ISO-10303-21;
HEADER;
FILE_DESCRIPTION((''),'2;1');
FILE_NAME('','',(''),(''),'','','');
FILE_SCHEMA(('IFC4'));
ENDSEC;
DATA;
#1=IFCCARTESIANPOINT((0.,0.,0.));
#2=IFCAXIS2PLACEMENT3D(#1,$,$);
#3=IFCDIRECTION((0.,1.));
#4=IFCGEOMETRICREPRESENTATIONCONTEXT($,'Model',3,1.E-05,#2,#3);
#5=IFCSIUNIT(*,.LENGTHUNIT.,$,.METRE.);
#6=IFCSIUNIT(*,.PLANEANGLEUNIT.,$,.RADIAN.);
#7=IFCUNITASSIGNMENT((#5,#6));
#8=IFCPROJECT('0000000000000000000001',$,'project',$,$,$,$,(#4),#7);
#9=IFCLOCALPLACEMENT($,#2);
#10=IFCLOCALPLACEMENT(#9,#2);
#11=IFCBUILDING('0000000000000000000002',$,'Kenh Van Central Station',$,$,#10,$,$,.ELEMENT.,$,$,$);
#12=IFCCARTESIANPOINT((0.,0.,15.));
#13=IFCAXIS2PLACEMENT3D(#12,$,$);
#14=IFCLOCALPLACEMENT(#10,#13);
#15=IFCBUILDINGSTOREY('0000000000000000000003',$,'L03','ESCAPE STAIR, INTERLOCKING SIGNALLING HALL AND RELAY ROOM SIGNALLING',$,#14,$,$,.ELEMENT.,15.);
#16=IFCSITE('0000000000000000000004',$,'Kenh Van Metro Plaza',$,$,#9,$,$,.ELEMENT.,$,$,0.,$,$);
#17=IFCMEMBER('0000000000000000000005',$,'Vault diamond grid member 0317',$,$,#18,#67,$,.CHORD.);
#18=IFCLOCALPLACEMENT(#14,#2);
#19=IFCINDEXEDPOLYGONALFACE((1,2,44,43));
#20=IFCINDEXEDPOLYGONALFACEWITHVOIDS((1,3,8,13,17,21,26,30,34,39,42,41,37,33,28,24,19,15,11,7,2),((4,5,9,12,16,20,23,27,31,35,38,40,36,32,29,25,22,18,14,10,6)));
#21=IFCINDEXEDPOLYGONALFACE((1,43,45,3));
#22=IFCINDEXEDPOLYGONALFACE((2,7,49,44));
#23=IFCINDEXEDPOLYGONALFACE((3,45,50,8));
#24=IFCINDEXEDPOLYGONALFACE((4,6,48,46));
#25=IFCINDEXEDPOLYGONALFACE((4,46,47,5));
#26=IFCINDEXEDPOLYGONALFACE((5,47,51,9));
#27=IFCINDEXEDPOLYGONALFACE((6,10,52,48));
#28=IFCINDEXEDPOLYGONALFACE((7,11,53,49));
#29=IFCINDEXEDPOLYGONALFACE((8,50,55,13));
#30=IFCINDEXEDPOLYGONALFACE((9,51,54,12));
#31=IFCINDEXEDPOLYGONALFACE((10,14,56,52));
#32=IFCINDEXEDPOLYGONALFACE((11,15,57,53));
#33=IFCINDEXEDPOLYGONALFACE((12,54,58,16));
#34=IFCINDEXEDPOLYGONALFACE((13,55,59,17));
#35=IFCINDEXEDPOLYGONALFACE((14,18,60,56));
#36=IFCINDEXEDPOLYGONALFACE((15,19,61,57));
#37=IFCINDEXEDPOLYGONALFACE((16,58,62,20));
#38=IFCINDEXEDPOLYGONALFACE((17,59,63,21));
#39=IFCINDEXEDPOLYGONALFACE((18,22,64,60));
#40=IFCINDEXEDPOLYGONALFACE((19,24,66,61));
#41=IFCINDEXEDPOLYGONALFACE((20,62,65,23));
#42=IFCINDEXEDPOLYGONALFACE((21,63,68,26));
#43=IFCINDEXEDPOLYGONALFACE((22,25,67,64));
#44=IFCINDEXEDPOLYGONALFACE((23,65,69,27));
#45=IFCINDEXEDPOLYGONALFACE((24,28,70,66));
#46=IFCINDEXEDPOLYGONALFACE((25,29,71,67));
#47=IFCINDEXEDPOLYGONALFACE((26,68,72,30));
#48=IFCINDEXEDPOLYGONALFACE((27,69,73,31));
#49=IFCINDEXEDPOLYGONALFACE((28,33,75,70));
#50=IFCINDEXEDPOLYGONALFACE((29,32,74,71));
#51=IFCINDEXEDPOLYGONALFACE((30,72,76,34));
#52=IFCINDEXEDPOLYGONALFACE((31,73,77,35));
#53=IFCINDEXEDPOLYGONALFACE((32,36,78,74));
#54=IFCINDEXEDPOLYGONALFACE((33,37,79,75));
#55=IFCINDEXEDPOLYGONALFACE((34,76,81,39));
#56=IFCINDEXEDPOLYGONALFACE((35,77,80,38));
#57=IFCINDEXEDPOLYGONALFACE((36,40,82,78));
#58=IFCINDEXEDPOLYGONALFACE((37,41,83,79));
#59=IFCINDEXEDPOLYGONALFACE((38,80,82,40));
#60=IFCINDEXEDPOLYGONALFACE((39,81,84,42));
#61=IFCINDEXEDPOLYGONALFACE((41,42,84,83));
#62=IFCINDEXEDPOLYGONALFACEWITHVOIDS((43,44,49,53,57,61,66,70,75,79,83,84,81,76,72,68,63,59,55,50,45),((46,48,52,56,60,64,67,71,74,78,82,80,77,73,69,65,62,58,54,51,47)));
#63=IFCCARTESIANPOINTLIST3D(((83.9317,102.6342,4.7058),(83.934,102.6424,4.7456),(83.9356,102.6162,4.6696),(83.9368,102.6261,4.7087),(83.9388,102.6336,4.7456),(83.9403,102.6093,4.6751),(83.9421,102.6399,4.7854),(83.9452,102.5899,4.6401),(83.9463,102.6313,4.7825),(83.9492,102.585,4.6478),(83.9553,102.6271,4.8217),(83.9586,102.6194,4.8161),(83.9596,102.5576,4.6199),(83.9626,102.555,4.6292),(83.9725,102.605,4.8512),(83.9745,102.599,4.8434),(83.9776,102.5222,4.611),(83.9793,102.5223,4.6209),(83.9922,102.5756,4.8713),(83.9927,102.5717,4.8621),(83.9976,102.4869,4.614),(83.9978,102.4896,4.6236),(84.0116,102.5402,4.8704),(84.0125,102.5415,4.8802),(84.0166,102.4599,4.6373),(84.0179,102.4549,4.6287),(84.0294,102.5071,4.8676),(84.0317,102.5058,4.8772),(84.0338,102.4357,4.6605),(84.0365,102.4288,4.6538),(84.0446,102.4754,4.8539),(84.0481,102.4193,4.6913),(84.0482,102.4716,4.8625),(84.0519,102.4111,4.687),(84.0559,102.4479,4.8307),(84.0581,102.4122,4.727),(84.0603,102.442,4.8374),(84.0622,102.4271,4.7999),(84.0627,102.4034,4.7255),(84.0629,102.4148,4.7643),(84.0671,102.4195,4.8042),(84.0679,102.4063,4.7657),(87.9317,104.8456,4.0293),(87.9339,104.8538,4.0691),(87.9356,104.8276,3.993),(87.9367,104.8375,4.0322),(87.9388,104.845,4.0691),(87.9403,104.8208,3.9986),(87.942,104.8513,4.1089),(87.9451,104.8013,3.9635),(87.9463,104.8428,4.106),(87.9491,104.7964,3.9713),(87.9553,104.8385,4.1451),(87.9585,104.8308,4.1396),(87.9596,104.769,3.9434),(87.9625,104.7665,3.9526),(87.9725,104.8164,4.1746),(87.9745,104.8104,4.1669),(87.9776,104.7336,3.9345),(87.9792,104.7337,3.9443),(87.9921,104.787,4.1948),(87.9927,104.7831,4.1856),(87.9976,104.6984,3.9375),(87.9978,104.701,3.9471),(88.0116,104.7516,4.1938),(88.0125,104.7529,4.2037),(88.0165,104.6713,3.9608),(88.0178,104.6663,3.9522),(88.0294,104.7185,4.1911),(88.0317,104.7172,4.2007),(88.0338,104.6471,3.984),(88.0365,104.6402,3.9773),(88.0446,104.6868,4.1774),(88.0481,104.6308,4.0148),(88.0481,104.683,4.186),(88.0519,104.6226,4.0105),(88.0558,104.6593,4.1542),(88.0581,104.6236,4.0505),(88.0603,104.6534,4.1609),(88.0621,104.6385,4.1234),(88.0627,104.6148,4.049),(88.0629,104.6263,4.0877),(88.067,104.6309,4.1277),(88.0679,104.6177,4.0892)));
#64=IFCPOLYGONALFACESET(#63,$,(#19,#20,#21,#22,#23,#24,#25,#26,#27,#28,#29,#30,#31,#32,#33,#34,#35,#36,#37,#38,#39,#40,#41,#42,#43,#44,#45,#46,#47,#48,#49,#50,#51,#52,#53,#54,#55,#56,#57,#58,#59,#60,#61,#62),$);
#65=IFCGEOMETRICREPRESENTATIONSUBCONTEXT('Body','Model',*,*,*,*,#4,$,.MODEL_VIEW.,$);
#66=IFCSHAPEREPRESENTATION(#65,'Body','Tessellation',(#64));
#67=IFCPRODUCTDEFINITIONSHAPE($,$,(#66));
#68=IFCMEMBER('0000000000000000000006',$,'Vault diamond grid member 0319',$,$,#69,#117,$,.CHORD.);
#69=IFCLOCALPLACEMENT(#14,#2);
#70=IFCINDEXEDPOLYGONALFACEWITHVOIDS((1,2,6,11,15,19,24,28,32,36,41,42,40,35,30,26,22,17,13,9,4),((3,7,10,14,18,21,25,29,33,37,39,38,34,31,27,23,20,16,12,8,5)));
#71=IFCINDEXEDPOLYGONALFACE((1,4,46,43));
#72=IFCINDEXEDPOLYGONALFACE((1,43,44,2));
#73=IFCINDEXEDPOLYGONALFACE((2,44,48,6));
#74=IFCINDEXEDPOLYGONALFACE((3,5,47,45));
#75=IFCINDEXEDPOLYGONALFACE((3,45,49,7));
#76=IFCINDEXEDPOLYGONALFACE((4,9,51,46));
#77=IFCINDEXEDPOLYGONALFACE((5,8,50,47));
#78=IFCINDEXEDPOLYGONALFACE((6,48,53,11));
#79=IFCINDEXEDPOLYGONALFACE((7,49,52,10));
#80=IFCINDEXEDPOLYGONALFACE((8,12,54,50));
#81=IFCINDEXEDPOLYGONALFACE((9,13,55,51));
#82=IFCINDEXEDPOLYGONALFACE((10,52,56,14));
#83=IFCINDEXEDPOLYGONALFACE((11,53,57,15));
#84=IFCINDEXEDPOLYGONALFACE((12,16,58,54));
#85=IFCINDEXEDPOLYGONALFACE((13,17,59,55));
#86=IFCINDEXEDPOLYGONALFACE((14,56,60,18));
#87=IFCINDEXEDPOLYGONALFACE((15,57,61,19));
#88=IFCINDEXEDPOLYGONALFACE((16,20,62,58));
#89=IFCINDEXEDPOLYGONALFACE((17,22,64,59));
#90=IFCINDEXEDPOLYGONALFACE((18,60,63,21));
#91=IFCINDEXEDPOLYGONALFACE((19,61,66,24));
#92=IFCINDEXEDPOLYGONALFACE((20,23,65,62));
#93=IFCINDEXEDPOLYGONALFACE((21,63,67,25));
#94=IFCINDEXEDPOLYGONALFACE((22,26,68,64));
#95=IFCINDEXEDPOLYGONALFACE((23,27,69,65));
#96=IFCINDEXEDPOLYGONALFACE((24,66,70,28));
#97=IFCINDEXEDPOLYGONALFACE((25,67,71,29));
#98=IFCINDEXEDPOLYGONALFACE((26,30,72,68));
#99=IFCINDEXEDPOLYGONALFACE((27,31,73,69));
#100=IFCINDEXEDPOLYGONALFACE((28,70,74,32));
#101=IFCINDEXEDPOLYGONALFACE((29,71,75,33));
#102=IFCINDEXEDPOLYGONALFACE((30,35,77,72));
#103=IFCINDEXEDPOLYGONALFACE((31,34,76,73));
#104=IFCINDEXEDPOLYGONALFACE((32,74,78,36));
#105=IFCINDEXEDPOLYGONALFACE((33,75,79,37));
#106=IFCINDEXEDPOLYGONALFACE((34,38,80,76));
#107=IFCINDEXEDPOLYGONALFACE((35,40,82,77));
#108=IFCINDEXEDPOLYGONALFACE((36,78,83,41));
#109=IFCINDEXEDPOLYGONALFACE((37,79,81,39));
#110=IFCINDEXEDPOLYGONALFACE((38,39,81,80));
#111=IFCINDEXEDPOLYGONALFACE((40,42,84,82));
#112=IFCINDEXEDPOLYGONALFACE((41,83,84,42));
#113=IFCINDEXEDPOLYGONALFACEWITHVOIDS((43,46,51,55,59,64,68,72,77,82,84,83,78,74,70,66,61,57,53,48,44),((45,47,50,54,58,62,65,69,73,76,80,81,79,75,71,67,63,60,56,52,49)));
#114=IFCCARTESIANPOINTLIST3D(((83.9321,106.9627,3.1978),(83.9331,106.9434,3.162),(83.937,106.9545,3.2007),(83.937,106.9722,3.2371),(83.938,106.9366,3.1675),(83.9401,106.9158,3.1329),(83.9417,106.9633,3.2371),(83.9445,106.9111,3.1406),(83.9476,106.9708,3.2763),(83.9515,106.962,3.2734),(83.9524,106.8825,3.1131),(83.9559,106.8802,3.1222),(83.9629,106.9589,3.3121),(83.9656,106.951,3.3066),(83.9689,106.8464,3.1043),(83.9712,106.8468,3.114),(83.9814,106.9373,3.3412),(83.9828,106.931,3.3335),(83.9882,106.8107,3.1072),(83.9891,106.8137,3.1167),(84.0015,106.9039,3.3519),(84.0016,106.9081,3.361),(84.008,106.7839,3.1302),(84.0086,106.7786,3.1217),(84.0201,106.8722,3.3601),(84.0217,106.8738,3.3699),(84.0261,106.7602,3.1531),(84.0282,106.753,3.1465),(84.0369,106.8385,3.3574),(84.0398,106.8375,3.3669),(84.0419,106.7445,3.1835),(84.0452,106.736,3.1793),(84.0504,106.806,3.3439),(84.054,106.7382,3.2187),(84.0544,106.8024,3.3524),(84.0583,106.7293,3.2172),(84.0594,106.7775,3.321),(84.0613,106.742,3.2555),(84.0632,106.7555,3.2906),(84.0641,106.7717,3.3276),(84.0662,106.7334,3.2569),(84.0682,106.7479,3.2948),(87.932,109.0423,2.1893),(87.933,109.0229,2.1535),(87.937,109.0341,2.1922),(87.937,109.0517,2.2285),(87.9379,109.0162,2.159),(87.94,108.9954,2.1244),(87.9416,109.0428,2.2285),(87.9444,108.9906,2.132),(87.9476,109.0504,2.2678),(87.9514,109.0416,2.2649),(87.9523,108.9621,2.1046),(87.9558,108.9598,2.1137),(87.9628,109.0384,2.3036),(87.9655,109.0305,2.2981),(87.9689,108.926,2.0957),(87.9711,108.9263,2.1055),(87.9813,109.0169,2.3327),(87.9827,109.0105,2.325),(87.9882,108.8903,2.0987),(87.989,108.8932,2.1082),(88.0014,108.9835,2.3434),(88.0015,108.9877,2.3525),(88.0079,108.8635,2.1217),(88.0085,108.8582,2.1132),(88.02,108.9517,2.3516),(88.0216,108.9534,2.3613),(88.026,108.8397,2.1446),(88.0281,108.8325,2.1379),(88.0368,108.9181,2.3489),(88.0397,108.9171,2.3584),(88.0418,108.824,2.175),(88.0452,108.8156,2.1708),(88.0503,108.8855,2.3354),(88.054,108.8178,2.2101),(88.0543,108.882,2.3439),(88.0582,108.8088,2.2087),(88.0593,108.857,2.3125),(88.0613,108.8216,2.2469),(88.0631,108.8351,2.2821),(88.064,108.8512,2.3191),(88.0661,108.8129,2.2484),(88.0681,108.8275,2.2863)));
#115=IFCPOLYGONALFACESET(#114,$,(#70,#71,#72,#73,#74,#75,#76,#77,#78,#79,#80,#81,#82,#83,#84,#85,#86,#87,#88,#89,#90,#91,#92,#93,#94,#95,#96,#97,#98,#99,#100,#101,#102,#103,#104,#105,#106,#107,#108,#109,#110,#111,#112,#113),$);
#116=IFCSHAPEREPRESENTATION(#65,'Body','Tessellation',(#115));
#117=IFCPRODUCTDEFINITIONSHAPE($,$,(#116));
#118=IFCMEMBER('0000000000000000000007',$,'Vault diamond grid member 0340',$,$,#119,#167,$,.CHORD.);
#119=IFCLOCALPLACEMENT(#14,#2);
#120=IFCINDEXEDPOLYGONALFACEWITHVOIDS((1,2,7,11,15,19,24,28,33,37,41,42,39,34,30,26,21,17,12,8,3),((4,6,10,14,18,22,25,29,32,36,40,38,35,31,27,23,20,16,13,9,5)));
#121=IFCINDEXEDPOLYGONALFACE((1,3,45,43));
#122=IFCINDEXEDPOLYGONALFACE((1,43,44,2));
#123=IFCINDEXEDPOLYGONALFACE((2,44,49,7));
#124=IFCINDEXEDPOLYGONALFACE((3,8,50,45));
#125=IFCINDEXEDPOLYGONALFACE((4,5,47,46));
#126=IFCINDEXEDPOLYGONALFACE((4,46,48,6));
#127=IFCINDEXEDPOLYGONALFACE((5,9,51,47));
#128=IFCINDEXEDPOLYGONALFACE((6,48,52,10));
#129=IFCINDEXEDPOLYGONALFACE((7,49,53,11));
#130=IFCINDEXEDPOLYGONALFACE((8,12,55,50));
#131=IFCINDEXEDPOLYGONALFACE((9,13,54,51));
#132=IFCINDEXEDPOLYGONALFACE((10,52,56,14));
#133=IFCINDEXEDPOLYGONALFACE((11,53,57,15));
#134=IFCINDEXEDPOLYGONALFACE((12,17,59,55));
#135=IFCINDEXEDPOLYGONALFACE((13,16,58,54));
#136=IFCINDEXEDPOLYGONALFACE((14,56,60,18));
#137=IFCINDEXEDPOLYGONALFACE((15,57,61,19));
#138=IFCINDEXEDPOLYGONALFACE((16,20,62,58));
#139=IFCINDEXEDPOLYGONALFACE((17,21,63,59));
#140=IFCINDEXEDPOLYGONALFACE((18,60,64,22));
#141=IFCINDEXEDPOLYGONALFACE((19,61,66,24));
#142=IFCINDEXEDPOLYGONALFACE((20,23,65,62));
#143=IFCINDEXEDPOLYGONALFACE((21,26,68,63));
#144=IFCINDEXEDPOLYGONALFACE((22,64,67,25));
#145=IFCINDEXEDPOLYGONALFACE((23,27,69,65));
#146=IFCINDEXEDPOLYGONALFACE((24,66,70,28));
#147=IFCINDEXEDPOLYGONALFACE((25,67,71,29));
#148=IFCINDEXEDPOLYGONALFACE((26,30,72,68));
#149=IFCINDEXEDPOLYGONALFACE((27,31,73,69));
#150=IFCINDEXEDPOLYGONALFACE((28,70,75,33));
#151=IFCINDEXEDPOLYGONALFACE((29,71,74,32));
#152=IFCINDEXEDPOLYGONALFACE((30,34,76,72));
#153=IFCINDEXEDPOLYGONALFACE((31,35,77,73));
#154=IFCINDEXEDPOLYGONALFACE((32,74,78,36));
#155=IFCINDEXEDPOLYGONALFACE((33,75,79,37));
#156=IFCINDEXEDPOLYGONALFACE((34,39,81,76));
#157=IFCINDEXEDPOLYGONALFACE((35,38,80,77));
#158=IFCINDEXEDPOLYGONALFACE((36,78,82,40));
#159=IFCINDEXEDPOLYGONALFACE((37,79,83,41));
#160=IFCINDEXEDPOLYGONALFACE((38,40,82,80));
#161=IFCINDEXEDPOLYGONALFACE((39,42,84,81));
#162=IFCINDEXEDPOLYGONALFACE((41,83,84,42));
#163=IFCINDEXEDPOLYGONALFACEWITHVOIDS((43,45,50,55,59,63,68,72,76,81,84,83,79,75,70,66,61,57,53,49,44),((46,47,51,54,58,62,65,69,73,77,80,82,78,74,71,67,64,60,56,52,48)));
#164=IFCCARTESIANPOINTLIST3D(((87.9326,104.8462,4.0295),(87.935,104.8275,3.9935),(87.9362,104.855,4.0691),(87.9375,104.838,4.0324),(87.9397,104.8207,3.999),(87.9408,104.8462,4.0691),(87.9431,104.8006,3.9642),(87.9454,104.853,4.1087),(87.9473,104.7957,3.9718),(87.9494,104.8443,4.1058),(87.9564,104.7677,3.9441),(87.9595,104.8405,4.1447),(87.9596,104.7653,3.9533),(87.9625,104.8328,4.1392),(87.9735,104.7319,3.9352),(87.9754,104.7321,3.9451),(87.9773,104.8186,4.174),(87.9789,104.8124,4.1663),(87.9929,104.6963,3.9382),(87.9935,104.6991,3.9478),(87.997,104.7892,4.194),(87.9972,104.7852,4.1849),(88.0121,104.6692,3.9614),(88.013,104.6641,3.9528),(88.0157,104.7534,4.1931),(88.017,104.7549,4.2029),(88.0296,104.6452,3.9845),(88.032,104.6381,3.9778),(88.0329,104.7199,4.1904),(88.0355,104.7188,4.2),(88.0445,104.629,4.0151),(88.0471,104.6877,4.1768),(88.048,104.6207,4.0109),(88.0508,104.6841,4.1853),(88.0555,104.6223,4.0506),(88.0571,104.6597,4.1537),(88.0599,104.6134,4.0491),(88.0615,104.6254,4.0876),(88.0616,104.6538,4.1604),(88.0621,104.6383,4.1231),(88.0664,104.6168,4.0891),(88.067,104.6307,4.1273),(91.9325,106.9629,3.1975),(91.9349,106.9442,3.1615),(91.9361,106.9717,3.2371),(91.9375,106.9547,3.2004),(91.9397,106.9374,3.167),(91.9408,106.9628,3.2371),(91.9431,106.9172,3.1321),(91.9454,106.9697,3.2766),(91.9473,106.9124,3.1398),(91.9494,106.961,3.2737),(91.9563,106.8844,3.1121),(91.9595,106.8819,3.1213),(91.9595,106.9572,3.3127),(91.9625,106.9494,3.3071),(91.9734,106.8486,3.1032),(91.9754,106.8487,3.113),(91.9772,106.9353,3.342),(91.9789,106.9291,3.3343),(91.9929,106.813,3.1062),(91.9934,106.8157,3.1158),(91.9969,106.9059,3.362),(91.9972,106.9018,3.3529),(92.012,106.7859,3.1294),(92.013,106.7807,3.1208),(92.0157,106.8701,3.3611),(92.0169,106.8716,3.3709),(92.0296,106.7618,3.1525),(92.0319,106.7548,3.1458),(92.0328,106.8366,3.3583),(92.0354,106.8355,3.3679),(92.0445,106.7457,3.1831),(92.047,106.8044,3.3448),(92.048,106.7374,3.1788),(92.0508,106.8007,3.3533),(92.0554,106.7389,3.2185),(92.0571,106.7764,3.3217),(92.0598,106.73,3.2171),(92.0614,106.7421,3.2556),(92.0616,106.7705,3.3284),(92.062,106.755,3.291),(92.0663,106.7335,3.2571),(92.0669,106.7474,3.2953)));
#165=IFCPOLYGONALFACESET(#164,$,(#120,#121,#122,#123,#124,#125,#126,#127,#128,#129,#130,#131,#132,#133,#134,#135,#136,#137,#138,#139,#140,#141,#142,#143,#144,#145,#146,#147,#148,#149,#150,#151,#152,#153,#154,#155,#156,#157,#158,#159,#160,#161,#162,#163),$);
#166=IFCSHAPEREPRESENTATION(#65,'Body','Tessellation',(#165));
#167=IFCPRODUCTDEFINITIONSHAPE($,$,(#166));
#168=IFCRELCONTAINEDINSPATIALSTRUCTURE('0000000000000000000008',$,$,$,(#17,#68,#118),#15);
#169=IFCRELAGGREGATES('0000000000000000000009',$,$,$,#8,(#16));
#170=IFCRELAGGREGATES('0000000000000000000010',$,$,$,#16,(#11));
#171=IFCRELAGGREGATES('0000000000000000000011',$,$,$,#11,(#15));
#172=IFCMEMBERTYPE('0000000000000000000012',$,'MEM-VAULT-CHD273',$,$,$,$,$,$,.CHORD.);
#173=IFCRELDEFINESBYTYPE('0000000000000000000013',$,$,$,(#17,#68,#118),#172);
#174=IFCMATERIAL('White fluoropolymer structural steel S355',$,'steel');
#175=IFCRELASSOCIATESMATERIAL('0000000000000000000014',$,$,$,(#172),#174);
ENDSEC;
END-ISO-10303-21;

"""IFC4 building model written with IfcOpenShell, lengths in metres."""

from ifc_helpers import new_model, si_unit, direction, frame, origin, origin_2d, place, context, subcontext, project, spatial, hollow_circle, extrude, material, material_profile, profile_set, type_object, element, save


model = new_model("IFC4")

# Units and contexts
model_context = context("Model", 3, precision=1e-05, world=origin(), true_north=direction((0.0, 1.0)))
body_context = subcontext(model_context, "Body", "Model", "MODEL_VIEW")
ifc_project = project(units=[si_unit("LENGTHUNIT", "METRE"), si_unit("PLANEANGLEUNIT", "RADIAN")], contexts=[model_context])

# Site, building, storey
site_placement = place(None, origin())
site = spatial("IfcSite", under=ifc_project, at=site_placement, Name="Kenh Van Metro Plaza", CompositionType="ELEMENT", RefElevation=0.0)
building_placement = place(site_placement, origin())
building = spatial("IfcBuilding", under=site, at=building_placement, Name="Kenh Van Central Station", CompositionType="ELEMENT")
storey_placement = place(building_placement, frame((0.0, 0.0, 15.0)))
storey = spatial("IfcBuildingStorey", under=building, at=storey_placement, Name="L03", Description="ESCAPE STAIR, INTERLOCKING SIGNALLING HALL AND RELAY ROOM SIGNALLING", CompositionType="ELEMENT", Elevation=15.0)

# Shared definitions
ifc_material_1 = material(Name="White fluoropolymer structural steel S355", Category="steel")

# Members
ifc_material_profile_1 = material_profile(ifc_material_1, hollow_circle(Radius=0.1365, WallThickness=0.01, at=origin_2d()), Name="CHS 273x10")
ifc_profile_set_1 = profile_set([ifc_material_profile_1], Name="White fluoropolymer structural steel S355")
member_type_1 = type_object("IfcMemberType", Name="MEM-VAULT-CHD273", PredefinedType="CHORD", material=ifc_profile_set_1)
member_1_placement = place(storey_placement, frame((84.0, 102.5229, 4.7456), z_axis=(0.865726, 0.478622, -0.146419), x_axis=(-0.483837, 0.875158, 0.0)))
element("IfcMember", 1, at=member_1_placement, inside=storey, type_object=member_type_1, Name="Vault diamond grid member 0317", PredefinedType="CHORD", context=body_context, shape_type="SweptSolid", body=[
    extrude(hollow_circle(Radius=0.1365, WallThickness=0.01, at=origin_2d()), origin(), (0.0, 0.0, 1.0), 4.6204),
])
member_2_placement = place(storey_placement, frame((84.0, 106.8511, 3.2371), z_axis=(0.865852, 0.450154, -0.218313), x_axis=(-0.461281, 0.887254, 0.0)))
element("IfcMember", 2, at=member_2_placement, inside=storey, type_object=member_type_1, Name="Vault diamond grid member 0319", PredefinedType="CHORD", context=body_context, shape_type="SweptSolid", body=[
    extrude(hollow_circle(Radius=0.1365, WallThickness=0.01, at=origin_2d()), origin(), (0.0, 0.0, 1.0), 4.6196),
])
member_3_placement = place(storey_placement, frame((88.0, 104.7344, 4.0691), z_axis=(0.869305, 0.460014, -0.180822), x_axis=(-0.467724, 0.883875, 0.0)))
element("IfcMember", 3, at=member_3_placement, inside=storey, type_object=member_type_1, Name="Vault diamond grid member 0340", PredefinedType="CHORD", context=body_context, shape_type="SweptSolid", body=[
    extrude(hollow_circle(Radius=0.1365, WallThickness=0.01, at=origin_2d()), origin(), (0.0, 0.0, 1.0), 4.6013),
])

save(model, "model.ifc")
